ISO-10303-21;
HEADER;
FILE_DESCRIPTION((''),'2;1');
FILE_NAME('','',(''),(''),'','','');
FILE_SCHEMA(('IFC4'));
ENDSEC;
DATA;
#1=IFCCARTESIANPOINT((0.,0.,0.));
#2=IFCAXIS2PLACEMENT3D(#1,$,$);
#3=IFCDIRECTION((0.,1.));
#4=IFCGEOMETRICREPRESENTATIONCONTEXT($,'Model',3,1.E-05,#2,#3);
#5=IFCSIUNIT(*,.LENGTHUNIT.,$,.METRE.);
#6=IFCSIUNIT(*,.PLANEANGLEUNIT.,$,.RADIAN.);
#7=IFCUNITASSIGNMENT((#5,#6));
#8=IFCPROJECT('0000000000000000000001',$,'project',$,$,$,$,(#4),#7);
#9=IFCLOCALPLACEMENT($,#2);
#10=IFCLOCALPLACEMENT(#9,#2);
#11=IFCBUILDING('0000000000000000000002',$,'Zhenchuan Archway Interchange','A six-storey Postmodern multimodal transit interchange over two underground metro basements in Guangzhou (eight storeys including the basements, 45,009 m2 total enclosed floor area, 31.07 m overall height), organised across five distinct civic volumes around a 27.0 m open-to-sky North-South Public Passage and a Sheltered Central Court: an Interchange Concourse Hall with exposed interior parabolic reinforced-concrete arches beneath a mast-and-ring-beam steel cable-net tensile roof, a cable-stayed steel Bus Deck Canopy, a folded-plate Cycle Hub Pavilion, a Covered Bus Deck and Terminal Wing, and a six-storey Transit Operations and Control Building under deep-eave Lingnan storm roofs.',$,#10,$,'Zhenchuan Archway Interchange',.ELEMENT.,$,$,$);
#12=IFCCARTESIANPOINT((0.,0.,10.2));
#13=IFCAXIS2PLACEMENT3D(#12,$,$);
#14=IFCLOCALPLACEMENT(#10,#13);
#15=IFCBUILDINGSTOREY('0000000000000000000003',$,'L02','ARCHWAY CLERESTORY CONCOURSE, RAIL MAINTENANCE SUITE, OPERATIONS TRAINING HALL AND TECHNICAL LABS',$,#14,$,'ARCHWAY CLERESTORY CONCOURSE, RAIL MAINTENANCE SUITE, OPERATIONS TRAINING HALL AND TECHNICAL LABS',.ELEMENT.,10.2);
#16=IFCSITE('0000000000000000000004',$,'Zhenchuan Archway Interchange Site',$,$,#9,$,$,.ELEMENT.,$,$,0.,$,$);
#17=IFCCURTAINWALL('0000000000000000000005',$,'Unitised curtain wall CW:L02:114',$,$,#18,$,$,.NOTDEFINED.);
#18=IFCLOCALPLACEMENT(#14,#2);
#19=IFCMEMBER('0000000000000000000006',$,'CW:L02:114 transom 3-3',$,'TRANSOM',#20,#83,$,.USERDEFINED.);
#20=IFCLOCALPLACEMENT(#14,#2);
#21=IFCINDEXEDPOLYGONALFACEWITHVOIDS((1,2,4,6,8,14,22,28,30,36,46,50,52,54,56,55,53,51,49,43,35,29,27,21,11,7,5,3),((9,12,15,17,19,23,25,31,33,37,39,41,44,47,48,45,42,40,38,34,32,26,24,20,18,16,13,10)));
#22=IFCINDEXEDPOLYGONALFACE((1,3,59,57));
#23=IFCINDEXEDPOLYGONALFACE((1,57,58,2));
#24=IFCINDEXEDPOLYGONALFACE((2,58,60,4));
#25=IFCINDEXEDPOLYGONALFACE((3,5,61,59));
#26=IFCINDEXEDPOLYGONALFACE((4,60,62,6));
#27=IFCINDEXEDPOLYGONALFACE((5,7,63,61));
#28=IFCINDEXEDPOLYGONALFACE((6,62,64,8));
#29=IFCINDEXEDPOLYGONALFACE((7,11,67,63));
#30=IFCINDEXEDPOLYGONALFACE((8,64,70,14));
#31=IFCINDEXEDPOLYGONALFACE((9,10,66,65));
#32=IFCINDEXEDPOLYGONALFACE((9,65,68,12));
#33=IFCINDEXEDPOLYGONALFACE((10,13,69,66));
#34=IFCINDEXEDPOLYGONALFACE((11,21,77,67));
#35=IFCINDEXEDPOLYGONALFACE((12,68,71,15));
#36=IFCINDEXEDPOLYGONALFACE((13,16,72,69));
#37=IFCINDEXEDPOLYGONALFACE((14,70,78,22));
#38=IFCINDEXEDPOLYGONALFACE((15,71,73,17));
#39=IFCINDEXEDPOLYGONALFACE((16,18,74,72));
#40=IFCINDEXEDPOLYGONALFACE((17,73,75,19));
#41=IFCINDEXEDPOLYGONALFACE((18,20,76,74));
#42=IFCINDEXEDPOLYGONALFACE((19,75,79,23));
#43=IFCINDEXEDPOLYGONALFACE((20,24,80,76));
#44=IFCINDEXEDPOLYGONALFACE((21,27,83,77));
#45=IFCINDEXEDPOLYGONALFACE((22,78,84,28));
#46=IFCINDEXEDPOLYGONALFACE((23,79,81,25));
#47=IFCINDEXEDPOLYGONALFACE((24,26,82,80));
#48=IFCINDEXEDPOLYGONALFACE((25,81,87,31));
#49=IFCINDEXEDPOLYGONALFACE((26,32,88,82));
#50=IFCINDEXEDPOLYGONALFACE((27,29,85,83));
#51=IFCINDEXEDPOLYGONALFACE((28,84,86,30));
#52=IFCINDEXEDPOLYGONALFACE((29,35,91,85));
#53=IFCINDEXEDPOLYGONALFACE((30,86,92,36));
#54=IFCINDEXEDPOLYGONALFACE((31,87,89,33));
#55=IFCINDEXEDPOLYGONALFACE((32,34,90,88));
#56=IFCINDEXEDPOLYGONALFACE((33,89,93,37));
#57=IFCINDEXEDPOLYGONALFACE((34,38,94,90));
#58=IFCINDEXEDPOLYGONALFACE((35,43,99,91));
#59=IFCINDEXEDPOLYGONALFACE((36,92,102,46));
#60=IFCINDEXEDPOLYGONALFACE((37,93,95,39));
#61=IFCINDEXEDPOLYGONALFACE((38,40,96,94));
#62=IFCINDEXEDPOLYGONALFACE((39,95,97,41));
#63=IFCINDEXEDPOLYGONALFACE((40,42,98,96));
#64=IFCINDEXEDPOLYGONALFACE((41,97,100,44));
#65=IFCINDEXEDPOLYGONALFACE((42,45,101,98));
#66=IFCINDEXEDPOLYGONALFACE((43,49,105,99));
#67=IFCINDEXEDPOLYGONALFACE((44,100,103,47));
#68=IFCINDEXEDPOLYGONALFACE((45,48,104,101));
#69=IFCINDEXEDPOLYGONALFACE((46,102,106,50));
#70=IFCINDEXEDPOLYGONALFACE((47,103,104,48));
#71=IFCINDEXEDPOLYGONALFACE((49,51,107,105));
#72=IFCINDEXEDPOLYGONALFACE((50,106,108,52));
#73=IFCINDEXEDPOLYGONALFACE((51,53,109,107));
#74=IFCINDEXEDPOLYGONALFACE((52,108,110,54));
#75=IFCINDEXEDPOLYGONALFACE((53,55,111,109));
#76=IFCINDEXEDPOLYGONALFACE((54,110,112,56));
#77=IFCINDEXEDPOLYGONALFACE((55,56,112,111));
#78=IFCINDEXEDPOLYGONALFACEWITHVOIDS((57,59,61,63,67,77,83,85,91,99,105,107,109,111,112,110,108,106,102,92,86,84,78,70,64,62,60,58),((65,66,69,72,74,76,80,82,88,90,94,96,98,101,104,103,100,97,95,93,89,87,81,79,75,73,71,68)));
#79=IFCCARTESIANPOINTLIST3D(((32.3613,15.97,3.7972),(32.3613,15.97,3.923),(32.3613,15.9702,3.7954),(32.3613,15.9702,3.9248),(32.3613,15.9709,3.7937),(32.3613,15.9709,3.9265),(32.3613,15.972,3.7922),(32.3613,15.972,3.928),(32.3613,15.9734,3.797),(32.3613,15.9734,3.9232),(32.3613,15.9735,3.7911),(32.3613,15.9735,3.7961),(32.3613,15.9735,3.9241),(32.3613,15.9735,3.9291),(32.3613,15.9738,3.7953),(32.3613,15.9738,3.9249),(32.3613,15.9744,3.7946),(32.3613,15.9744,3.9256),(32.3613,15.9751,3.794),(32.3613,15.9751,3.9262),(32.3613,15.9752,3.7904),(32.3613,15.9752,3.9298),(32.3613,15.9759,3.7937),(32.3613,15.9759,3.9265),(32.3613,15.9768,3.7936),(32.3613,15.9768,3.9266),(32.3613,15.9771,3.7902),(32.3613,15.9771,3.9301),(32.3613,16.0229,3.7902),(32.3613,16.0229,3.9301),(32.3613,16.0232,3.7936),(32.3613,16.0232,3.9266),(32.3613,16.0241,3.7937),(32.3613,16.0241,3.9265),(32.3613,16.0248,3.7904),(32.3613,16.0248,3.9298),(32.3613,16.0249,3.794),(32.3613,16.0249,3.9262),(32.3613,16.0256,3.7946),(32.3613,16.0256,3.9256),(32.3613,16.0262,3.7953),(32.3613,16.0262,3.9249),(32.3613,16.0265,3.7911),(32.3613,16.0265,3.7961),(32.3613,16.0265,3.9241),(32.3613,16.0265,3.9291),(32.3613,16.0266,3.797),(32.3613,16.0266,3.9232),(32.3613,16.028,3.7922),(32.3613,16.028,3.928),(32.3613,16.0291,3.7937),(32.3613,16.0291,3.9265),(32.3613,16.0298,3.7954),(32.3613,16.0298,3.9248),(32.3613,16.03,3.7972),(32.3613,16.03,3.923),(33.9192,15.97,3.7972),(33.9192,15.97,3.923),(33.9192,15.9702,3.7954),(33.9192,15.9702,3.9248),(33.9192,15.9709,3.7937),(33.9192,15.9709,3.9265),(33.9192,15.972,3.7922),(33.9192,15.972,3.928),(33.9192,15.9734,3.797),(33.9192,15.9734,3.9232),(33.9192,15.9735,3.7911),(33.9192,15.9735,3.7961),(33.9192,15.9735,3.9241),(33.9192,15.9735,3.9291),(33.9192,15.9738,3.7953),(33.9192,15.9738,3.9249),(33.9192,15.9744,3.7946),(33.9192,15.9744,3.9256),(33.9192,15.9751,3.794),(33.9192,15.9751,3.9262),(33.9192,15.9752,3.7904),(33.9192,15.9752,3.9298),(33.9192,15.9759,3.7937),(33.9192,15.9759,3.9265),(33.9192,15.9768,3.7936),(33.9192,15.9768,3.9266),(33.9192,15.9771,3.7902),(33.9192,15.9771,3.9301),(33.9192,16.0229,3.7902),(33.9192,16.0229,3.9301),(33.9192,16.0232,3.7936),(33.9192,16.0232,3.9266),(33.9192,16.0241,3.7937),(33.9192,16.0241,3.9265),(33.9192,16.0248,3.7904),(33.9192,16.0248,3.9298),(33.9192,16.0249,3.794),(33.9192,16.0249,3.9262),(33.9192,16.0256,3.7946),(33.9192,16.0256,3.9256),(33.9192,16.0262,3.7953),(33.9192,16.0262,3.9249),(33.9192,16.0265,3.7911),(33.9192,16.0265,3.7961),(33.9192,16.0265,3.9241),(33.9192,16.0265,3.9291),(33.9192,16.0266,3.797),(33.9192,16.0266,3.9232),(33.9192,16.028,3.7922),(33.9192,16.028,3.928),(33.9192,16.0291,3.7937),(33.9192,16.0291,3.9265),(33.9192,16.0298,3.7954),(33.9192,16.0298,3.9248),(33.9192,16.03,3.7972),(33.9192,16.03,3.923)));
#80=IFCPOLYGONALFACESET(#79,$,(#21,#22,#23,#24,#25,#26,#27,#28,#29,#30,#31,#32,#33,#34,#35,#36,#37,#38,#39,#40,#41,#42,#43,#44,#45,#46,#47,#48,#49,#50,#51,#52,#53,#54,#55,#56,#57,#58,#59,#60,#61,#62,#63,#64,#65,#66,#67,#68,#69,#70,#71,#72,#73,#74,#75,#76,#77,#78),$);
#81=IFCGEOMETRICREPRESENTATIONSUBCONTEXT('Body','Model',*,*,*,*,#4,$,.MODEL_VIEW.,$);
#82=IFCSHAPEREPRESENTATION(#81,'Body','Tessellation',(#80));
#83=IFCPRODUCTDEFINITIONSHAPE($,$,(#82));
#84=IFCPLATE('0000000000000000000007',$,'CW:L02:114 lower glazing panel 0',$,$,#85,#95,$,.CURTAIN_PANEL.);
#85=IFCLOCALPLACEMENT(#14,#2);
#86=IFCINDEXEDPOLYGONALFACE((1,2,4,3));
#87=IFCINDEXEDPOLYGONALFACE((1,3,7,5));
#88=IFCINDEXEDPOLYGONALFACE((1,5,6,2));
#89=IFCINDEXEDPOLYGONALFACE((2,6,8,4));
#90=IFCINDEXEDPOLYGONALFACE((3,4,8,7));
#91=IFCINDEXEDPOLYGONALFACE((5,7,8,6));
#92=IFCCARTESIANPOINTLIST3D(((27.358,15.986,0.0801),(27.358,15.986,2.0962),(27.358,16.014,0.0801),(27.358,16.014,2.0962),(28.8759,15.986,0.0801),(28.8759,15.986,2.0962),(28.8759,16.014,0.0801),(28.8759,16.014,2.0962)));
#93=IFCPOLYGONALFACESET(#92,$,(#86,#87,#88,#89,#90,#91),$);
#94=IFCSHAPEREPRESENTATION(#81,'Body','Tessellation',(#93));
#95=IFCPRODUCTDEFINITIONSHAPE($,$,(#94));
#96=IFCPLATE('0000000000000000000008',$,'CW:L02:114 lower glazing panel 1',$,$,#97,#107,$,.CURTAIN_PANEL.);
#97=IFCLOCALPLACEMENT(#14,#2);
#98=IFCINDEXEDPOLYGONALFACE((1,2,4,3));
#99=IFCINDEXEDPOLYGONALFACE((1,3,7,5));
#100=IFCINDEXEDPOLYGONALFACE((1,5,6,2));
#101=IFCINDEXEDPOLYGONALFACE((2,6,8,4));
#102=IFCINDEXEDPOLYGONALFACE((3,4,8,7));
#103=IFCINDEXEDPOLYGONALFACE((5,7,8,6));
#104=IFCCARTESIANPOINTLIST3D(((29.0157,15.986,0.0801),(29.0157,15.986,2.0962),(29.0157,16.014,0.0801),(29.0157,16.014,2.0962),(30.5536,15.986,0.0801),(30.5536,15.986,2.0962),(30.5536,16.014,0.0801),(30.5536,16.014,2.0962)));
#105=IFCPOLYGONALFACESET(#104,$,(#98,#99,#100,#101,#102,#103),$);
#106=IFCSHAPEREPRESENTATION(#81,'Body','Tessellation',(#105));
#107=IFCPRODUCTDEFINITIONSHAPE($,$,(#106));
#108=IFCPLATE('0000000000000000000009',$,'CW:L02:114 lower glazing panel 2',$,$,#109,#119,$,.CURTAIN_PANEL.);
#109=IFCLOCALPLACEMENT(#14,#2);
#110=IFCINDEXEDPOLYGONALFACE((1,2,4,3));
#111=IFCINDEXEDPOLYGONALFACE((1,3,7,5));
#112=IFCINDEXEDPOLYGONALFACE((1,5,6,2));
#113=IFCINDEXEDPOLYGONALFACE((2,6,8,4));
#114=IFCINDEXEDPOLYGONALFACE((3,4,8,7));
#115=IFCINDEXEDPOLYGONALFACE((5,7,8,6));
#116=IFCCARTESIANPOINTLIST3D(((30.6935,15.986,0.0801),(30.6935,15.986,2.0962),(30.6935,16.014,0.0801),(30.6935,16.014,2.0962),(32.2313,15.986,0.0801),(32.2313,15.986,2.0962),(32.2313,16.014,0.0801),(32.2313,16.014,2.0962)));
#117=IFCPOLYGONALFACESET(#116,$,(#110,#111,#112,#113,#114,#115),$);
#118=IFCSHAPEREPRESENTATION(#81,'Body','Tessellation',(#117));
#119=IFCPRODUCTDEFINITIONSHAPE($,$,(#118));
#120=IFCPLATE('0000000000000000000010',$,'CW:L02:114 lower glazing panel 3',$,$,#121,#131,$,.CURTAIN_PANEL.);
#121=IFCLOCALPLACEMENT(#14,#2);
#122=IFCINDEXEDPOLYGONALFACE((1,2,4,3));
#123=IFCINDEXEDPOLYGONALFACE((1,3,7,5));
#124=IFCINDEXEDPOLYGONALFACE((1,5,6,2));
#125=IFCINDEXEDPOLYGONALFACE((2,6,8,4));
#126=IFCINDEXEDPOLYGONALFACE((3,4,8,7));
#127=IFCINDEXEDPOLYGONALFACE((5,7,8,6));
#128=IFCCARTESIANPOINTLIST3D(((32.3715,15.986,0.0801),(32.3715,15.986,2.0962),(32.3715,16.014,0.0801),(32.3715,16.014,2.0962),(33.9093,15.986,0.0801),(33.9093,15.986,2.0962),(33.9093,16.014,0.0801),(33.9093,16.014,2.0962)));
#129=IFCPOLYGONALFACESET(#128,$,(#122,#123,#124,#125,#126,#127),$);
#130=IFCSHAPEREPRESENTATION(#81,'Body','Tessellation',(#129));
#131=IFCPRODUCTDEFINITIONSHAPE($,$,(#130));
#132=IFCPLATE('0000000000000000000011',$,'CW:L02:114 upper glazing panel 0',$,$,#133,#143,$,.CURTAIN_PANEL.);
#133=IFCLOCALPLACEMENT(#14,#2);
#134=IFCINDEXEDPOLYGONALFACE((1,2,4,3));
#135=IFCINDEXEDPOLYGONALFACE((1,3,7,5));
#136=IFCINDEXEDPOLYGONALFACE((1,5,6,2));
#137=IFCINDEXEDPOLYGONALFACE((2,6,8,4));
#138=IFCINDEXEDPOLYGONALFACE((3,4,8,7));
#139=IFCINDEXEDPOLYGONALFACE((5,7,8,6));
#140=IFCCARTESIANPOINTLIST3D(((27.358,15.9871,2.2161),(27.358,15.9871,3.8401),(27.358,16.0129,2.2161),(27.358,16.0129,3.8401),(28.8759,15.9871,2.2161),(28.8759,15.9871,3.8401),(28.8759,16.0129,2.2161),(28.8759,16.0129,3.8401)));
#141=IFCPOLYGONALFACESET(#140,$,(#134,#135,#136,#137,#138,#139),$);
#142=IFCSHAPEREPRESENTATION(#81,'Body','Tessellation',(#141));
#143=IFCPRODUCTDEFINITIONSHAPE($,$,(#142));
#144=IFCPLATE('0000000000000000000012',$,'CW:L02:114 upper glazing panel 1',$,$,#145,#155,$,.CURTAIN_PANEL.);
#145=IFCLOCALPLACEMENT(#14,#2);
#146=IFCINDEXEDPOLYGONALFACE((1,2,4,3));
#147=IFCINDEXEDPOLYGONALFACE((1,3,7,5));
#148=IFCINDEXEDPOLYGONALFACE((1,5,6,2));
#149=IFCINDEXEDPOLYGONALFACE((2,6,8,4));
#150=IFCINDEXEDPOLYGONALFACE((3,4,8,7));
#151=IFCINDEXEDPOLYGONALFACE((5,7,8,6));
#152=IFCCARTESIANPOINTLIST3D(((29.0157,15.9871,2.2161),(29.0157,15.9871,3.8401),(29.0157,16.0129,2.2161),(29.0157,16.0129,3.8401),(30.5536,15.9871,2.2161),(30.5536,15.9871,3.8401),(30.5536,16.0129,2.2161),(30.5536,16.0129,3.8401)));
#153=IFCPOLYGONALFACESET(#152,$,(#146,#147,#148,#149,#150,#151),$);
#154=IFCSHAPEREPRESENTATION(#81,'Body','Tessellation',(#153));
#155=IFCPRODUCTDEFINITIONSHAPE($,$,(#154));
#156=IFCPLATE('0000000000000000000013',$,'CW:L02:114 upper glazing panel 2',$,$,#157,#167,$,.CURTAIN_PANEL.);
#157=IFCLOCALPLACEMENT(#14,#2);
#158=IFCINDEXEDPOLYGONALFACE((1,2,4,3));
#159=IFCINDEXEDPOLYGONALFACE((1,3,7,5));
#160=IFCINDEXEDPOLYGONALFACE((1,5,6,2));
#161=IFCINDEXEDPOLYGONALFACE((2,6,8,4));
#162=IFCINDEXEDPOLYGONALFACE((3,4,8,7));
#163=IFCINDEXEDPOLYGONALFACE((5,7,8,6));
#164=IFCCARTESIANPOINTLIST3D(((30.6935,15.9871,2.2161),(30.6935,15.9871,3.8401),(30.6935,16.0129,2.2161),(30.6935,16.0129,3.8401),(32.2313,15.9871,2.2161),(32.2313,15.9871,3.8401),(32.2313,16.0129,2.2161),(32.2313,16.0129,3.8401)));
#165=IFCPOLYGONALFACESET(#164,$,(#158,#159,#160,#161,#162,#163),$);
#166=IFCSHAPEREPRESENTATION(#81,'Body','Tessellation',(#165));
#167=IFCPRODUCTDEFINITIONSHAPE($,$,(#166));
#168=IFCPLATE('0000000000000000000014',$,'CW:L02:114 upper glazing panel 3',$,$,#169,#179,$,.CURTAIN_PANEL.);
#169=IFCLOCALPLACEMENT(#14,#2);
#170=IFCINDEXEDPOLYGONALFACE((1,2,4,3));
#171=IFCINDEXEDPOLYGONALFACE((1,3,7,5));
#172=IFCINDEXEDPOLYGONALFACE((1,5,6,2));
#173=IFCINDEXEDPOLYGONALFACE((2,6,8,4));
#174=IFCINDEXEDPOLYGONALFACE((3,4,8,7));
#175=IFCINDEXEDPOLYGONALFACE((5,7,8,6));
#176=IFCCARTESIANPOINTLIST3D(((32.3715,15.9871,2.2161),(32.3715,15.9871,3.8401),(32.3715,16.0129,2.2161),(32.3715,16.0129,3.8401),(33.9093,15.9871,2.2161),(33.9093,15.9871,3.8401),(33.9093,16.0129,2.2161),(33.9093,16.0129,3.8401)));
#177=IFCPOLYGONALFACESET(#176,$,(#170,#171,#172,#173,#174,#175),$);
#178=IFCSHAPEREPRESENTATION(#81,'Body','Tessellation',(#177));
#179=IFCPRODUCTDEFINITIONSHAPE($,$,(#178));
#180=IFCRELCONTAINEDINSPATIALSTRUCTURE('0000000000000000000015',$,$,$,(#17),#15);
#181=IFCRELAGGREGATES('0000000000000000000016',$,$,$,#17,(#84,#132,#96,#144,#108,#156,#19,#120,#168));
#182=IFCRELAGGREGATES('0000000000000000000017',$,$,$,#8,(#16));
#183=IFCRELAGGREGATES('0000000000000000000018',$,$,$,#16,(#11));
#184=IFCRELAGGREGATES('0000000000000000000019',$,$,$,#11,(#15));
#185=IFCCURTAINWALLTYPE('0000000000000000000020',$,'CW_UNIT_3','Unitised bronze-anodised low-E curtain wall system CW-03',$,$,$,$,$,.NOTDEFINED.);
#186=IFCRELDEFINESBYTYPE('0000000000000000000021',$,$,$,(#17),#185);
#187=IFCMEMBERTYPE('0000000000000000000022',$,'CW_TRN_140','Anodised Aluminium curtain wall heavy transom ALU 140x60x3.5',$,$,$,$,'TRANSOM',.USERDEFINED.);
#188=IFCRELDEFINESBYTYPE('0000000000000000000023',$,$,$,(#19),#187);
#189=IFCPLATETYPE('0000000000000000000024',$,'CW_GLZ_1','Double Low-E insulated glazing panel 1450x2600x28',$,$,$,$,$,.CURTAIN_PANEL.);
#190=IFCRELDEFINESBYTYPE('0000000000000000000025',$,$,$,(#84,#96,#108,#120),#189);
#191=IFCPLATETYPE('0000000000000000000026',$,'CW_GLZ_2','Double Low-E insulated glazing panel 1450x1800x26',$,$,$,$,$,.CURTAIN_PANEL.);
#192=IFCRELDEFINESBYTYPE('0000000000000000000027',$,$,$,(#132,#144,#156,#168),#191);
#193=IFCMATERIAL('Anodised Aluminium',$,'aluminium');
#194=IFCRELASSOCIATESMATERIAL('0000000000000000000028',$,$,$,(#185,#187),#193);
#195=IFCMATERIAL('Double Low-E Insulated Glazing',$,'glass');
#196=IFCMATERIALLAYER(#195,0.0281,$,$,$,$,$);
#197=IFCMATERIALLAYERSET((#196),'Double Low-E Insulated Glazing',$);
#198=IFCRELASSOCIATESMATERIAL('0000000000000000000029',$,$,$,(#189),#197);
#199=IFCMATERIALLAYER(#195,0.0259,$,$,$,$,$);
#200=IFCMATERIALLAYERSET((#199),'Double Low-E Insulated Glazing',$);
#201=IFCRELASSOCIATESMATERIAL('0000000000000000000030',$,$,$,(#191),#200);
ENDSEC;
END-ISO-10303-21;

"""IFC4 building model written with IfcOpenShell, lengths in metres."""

from ifc_helpers import new_model, si_unit, direction, frame, origin, origin_2d, place, context, subcontext, project, spatial, rectangle, hollow_rectangle, extrude, material, layer, layer_set, material_profile, profile_set, type_object, element, aggregate, save


model = new_model("IFC4")

# Units and contexts
model_context = context("Model", 3, precision=1e-05, world=origin(), true_north=direction((0.0, 1.0)))
body_context = subcontext(model_context, "Body", "Model", "MODEL_VIEW")
ifc_project = project(units=[si_unit("LENGTHUNIT", "METRE"), si_unit("PLANEANGLEUNIT", "RADIAN")], contexts=[model_context])

# Site, building, storey
site_placement = place(None, origin())
site = spatial("IfcSite", under=ifc_project, at=site_placement, Name="Zhenchuan Archway Interchange Site", CompositionType="ELEMENT", RefElevation=0.0)
building_placement = place(site_placement, origin())
building = spatial("IfcBuilding", under=site, at=building_placement, Name="Zhenchuan Archway Interchange", Description="A six-storey Postmodern multimodal transit interchange over two underground metro basements in Guangzhou (eight storeys including the basements, 45,009 m2 total enclosed floor area, 31.07 m overall height), organised across five distinct civic volumes around a 27.0 m open-to-sky North-South Public Passage and a Sheltered Central Court: an Interchange Concourse Hall with exposed interior parabolic reinforced-concrete arches beneath a mast-and-ring-beam steel cable-net tensile roof, a cable-stayed steel Bus Deck Canopy, a folded-plate Cycle Hub Pavilion, a Covered Bus Deck and Terminal Wing, and a six-storey Transit Operations and Control Building under deep-eave Lingnan storm roofs.", LongName="Zhenchuan Archway Interchange", CompositionType="ELEMENT")
storey_placement = place(building_placement, frame((0.0, 0.0, 10.2)))
storey = spatial("IfcBuildingStorey", under=building, at=storey_placement, Name="L02", Description="ARCHWAY CLERESTORY CONCOURSE, RAIL MAINTENANCE SUITE, OPERATIONS TRAINING HALL AND TECHNICAL LABS", LongName="ARCHWAY CLERESTORY CONCOURSE, RAIL MAINTENANCE SUITE, OPERATIONS TRAINING HALL AND TECHNICAL LABS", CompositionType="ELEMENT", Elevation=10.2)

# Curtain wall, member, plates
ifc_material_1 = material(Name="Anodised Aluminium", Category="aluminium")
curtain_wall_type = type_object("IfcCurtainWallType", Name="CW_UNIT_3", Description="Unitised bronze-anodised low-E curtain wall system CW-03", PredefinedType="NOTDEFINED", material=ifc_material_1)
curtain_wall_placement = place(storey_placement, origin())
curtain_wall = element("IfcCurtainWall", 1, at=curtain_wall_placement, inside=storey, type_object=curtain_wall_type, Name="Unitised curtain wall CW:L02:114", PredefinedType="NOTDEFINED")
ifc_material_profile_1 = material_profile(ifc_material_1, hollow_rectangle(XDim=0.0601, YDim=0.1399, WallThickness=0.0034, InnerFilletRadius=0.0034, OuterFilletRadius=0.0071, at=origin_2d()), Name="ALU 140x60x3.5")
ifc_profile_set_1 = profile_set([ifc_material_profile_1], Name="Anodised Aluminium")
member_type_1 = type_object("IfcMemberType", Name="CW_TRN_140", Description="Anodised Aluminium curtain wall heavy transom ALU 140x60x3.5", ElementType="TRANSOM", PredefinedType="USERDEFINED", material=ifc_profile_set_1)
member_1_placement = place(storey_placement, frame((32.3613, 16.0, 3.8601), z_axis=(1.0, 0.0, 0.0), x_axis=(0.0, 1.0, 0.0)))
member_1 = element("IfcMember", 2, at=member_1_placement, type_object=member_type_1, Name="CW:L02:114 transom 3-3", ObjectType="TRANSOM", PredefinedType="USERDEFINED", context=body_context, shape_type="SweptSolid", body=[
    extrude(hollow_rectangle(XDim=0.0601, YDim=0.1399, WallThickness=0.0034, InnerFilletRadius=0.0034, OuterFilletRadius=0.0071, at=origin_2d()), origin(), (0.0, 0.0, 1.0), 1.5579),
])
ifc_material_2 = material(Name="Double Low-E Insulated Glazing", Category="glass")
ifc_layer_1 = layer(ifc_material_2, 0.0281)
ifc_layer_set_1 = layer_set([ifc_layer_1], Name="Double Low-E Insulated Glazing")
plate_type_1 = type_object("IfcPlateType", Name="CW_GLZ_1", Description="Double Low-E insulated glazing panel 1450x2600x28", PredefinedType="CURTAIN_PANEL", material=ifc_layer_set_1)
plate_1_placement = place(storey_placement, frame((28.1169, 16.0, 0.0801), z_axis=(0.0, 0.0, 1.0), x_axis=(1.0, 0.0, 0.0)))
plate_1 = element("IfcPlate", 3, at=plate_1_placement, type_object=plate_type_1, Name="CW:L02:114 lower glazing panel 0", PredefinedType="CURTAIN_PANEL", context=body_context, shape_type="SweptSolid", body=[
    extrude(rectangle(XDim=1.5178, YDim=0.0281, at=origin_2d()), origin(), (0.0, 0.0, 1.0), 2.0161),
])
plate_2_placement = place(storey_placement, frame((29.7847, 16.0, 0.0801), z_axis=(0.0, 0.0, 1.0), x_axis=(1.0, 0.0, 0.0)))
plate_2 = element("IfcPlate", 4, at=plate_2_placement, type_object=plate_type_1, Name="CW:L02:114 lower glazing panel 1", PredefinedType="CURTAIN_PANEL", context=body_context, shape_type="SweptSolid", body=[
    extrude(rectangle(XDim=1.5378, YDim=0.0281, at=origin_2d()), origin(), (0.0, 0.0, 1.0), 2.0161),
])
plate_3_placement = place(storey_placement, frame((31.4624, 16.0, 0.0801), z_axis=(0.0, 0.0, 1.0), x_axis=(1.0, 0.0, 0.0)))
plate_3 = element("IfcPlate", 5, at=plate_3_placement, type_object=plate_type_1, Name="CW:L02:114 lower glazing panel 2", PredefinedType="CURTAIN_PANEL", context=body_context, shape_type="SweptSolid", body=[
    extrude(rectangle(XDim=1.5378, YDim=0.0281, at=origin_2d()), origin(), (0.0, 0.0, 1.0), 2.0161),
])
plate_4_placement = place(storey_placement, frame((33.1404, 16.0, 0.0801), z_axis=(0.0, 0.0, 1.0), x_axis=(1.0, 0.0, 0.0)))
plate_4 = element("IfcPlate", 6, at=plate_4_placement, type_object=plate_type_1, Name="CW:L02:114 lower glazing panel 3", PredefinedType="CURTAIN_PANEL", context=body_context, shape_type="SweptSolid", body=[
    extrude(rectangle(XDim=1.5378, YDim=0.0281, at=origin_2d()), origin(), (0.0, 0.0, 1.0), 2.0161),
])
ifc_layer_2 = layer(ifc_material_2, 0.0259)
ifc_layer_set_2 = layer_set([ifc_layer_2], Name="Double Low-E Insulated Glazing")
plate_type_2 = type_object("IfcPlateType", Name="CW_GLZ_2", Description="Double Low-E insulated glazing panel 1450x1800x26", PredefinedType="CURTAIN_PANEL", material=ifc_layer_set_2)
plate_5_placement = place(storey_placement, frame((28.1169, 16.0, 2.2161), z_axis=(0.0, 0.0, 1.0), x_axis=(1.0, 0.0, 0.0)))
plate_5 = element("IfcPlate", 7, at=plate_5_placement, type_object=plate_type_2, Name="CW:L02:114 upper glazing panel 0", PredefinedType="CURTAIN_PANEL", context=body_context, shape_type="SweptSolid", body=[
    extrude(rectangle(XDim=1.5178, YDim=0.0259, at=origin_2d()), origin(), (0.0, 0.0, 1.0), 1.624),
])
plate_6_placement = place(storey_placement, frame((29.7847, 16.0, 2.2161), z_axis=(0.0, 0.0, 1.0), x_axis=(1.0, 0.0, 0.0)))
plate_6 = element("IfcPlate", 8, at=plate_6_placement, type_object=plate_type_2, Name="CW:L02:114 upper glazing panel 1", PredefinedType="CURTAIN_PANEL", context=body_context, shape_type="SweptSolid", body=[
    extrude(rectangle(XDim=1.5378, YDim=0.0259, at=origin_2d()), origin(), (0.0, 0.0, 1.0), 1.624),
])
plate_7_placement = place(storey_placement, frame((31.4624, 16.0, 2.2161), z_axis=(0.0, 0.0, 1.0), x_axis=(1.0, 0.0, 0.0)))
plate_7 = element("IfcPlate", 9, at=plate_7_placement, type_object=plate_type_2, Name="CW:L02:114 upper glazing panel 2", PredefinedType="CURTAIN_PANEL", context=body_context, shape_type="SweptSolid", body=[
    extrude(rectangle(XDim=1.5378, YDim=0.0259, at=origin_2d()), origin(), (0.0, 0.0, 1.0), 1.624),
])
plate_8_placement = place(storey_placement, frame((33.1404, 16.0, 2.2161), z_axis=(0.0, 0.0, 1.0), x_axis=(1.0, 0.0, 0.0)))
plate_8 = element("IfcPlate", 10, at=plate_8_placement, type_object=plate_type_2, Name="CW:L02:114 upper glazing panel 3", PredefinedType="CURTAIN_PANEL", context=body_context, shape_type="SweptSolid", body=[
    extrude(rectangle(XDim=1.5378, YDim=0.0259, at=origin_2d()), origin(), (0.0, 0.0, 1.0), 1.624),
])
aggregate(curtain_wall, [plate_1, plate_5, plate_2, plate_6, plate_3, plate_7, member_1, plate_4, plate_8])

save(model, "model.ifc")
